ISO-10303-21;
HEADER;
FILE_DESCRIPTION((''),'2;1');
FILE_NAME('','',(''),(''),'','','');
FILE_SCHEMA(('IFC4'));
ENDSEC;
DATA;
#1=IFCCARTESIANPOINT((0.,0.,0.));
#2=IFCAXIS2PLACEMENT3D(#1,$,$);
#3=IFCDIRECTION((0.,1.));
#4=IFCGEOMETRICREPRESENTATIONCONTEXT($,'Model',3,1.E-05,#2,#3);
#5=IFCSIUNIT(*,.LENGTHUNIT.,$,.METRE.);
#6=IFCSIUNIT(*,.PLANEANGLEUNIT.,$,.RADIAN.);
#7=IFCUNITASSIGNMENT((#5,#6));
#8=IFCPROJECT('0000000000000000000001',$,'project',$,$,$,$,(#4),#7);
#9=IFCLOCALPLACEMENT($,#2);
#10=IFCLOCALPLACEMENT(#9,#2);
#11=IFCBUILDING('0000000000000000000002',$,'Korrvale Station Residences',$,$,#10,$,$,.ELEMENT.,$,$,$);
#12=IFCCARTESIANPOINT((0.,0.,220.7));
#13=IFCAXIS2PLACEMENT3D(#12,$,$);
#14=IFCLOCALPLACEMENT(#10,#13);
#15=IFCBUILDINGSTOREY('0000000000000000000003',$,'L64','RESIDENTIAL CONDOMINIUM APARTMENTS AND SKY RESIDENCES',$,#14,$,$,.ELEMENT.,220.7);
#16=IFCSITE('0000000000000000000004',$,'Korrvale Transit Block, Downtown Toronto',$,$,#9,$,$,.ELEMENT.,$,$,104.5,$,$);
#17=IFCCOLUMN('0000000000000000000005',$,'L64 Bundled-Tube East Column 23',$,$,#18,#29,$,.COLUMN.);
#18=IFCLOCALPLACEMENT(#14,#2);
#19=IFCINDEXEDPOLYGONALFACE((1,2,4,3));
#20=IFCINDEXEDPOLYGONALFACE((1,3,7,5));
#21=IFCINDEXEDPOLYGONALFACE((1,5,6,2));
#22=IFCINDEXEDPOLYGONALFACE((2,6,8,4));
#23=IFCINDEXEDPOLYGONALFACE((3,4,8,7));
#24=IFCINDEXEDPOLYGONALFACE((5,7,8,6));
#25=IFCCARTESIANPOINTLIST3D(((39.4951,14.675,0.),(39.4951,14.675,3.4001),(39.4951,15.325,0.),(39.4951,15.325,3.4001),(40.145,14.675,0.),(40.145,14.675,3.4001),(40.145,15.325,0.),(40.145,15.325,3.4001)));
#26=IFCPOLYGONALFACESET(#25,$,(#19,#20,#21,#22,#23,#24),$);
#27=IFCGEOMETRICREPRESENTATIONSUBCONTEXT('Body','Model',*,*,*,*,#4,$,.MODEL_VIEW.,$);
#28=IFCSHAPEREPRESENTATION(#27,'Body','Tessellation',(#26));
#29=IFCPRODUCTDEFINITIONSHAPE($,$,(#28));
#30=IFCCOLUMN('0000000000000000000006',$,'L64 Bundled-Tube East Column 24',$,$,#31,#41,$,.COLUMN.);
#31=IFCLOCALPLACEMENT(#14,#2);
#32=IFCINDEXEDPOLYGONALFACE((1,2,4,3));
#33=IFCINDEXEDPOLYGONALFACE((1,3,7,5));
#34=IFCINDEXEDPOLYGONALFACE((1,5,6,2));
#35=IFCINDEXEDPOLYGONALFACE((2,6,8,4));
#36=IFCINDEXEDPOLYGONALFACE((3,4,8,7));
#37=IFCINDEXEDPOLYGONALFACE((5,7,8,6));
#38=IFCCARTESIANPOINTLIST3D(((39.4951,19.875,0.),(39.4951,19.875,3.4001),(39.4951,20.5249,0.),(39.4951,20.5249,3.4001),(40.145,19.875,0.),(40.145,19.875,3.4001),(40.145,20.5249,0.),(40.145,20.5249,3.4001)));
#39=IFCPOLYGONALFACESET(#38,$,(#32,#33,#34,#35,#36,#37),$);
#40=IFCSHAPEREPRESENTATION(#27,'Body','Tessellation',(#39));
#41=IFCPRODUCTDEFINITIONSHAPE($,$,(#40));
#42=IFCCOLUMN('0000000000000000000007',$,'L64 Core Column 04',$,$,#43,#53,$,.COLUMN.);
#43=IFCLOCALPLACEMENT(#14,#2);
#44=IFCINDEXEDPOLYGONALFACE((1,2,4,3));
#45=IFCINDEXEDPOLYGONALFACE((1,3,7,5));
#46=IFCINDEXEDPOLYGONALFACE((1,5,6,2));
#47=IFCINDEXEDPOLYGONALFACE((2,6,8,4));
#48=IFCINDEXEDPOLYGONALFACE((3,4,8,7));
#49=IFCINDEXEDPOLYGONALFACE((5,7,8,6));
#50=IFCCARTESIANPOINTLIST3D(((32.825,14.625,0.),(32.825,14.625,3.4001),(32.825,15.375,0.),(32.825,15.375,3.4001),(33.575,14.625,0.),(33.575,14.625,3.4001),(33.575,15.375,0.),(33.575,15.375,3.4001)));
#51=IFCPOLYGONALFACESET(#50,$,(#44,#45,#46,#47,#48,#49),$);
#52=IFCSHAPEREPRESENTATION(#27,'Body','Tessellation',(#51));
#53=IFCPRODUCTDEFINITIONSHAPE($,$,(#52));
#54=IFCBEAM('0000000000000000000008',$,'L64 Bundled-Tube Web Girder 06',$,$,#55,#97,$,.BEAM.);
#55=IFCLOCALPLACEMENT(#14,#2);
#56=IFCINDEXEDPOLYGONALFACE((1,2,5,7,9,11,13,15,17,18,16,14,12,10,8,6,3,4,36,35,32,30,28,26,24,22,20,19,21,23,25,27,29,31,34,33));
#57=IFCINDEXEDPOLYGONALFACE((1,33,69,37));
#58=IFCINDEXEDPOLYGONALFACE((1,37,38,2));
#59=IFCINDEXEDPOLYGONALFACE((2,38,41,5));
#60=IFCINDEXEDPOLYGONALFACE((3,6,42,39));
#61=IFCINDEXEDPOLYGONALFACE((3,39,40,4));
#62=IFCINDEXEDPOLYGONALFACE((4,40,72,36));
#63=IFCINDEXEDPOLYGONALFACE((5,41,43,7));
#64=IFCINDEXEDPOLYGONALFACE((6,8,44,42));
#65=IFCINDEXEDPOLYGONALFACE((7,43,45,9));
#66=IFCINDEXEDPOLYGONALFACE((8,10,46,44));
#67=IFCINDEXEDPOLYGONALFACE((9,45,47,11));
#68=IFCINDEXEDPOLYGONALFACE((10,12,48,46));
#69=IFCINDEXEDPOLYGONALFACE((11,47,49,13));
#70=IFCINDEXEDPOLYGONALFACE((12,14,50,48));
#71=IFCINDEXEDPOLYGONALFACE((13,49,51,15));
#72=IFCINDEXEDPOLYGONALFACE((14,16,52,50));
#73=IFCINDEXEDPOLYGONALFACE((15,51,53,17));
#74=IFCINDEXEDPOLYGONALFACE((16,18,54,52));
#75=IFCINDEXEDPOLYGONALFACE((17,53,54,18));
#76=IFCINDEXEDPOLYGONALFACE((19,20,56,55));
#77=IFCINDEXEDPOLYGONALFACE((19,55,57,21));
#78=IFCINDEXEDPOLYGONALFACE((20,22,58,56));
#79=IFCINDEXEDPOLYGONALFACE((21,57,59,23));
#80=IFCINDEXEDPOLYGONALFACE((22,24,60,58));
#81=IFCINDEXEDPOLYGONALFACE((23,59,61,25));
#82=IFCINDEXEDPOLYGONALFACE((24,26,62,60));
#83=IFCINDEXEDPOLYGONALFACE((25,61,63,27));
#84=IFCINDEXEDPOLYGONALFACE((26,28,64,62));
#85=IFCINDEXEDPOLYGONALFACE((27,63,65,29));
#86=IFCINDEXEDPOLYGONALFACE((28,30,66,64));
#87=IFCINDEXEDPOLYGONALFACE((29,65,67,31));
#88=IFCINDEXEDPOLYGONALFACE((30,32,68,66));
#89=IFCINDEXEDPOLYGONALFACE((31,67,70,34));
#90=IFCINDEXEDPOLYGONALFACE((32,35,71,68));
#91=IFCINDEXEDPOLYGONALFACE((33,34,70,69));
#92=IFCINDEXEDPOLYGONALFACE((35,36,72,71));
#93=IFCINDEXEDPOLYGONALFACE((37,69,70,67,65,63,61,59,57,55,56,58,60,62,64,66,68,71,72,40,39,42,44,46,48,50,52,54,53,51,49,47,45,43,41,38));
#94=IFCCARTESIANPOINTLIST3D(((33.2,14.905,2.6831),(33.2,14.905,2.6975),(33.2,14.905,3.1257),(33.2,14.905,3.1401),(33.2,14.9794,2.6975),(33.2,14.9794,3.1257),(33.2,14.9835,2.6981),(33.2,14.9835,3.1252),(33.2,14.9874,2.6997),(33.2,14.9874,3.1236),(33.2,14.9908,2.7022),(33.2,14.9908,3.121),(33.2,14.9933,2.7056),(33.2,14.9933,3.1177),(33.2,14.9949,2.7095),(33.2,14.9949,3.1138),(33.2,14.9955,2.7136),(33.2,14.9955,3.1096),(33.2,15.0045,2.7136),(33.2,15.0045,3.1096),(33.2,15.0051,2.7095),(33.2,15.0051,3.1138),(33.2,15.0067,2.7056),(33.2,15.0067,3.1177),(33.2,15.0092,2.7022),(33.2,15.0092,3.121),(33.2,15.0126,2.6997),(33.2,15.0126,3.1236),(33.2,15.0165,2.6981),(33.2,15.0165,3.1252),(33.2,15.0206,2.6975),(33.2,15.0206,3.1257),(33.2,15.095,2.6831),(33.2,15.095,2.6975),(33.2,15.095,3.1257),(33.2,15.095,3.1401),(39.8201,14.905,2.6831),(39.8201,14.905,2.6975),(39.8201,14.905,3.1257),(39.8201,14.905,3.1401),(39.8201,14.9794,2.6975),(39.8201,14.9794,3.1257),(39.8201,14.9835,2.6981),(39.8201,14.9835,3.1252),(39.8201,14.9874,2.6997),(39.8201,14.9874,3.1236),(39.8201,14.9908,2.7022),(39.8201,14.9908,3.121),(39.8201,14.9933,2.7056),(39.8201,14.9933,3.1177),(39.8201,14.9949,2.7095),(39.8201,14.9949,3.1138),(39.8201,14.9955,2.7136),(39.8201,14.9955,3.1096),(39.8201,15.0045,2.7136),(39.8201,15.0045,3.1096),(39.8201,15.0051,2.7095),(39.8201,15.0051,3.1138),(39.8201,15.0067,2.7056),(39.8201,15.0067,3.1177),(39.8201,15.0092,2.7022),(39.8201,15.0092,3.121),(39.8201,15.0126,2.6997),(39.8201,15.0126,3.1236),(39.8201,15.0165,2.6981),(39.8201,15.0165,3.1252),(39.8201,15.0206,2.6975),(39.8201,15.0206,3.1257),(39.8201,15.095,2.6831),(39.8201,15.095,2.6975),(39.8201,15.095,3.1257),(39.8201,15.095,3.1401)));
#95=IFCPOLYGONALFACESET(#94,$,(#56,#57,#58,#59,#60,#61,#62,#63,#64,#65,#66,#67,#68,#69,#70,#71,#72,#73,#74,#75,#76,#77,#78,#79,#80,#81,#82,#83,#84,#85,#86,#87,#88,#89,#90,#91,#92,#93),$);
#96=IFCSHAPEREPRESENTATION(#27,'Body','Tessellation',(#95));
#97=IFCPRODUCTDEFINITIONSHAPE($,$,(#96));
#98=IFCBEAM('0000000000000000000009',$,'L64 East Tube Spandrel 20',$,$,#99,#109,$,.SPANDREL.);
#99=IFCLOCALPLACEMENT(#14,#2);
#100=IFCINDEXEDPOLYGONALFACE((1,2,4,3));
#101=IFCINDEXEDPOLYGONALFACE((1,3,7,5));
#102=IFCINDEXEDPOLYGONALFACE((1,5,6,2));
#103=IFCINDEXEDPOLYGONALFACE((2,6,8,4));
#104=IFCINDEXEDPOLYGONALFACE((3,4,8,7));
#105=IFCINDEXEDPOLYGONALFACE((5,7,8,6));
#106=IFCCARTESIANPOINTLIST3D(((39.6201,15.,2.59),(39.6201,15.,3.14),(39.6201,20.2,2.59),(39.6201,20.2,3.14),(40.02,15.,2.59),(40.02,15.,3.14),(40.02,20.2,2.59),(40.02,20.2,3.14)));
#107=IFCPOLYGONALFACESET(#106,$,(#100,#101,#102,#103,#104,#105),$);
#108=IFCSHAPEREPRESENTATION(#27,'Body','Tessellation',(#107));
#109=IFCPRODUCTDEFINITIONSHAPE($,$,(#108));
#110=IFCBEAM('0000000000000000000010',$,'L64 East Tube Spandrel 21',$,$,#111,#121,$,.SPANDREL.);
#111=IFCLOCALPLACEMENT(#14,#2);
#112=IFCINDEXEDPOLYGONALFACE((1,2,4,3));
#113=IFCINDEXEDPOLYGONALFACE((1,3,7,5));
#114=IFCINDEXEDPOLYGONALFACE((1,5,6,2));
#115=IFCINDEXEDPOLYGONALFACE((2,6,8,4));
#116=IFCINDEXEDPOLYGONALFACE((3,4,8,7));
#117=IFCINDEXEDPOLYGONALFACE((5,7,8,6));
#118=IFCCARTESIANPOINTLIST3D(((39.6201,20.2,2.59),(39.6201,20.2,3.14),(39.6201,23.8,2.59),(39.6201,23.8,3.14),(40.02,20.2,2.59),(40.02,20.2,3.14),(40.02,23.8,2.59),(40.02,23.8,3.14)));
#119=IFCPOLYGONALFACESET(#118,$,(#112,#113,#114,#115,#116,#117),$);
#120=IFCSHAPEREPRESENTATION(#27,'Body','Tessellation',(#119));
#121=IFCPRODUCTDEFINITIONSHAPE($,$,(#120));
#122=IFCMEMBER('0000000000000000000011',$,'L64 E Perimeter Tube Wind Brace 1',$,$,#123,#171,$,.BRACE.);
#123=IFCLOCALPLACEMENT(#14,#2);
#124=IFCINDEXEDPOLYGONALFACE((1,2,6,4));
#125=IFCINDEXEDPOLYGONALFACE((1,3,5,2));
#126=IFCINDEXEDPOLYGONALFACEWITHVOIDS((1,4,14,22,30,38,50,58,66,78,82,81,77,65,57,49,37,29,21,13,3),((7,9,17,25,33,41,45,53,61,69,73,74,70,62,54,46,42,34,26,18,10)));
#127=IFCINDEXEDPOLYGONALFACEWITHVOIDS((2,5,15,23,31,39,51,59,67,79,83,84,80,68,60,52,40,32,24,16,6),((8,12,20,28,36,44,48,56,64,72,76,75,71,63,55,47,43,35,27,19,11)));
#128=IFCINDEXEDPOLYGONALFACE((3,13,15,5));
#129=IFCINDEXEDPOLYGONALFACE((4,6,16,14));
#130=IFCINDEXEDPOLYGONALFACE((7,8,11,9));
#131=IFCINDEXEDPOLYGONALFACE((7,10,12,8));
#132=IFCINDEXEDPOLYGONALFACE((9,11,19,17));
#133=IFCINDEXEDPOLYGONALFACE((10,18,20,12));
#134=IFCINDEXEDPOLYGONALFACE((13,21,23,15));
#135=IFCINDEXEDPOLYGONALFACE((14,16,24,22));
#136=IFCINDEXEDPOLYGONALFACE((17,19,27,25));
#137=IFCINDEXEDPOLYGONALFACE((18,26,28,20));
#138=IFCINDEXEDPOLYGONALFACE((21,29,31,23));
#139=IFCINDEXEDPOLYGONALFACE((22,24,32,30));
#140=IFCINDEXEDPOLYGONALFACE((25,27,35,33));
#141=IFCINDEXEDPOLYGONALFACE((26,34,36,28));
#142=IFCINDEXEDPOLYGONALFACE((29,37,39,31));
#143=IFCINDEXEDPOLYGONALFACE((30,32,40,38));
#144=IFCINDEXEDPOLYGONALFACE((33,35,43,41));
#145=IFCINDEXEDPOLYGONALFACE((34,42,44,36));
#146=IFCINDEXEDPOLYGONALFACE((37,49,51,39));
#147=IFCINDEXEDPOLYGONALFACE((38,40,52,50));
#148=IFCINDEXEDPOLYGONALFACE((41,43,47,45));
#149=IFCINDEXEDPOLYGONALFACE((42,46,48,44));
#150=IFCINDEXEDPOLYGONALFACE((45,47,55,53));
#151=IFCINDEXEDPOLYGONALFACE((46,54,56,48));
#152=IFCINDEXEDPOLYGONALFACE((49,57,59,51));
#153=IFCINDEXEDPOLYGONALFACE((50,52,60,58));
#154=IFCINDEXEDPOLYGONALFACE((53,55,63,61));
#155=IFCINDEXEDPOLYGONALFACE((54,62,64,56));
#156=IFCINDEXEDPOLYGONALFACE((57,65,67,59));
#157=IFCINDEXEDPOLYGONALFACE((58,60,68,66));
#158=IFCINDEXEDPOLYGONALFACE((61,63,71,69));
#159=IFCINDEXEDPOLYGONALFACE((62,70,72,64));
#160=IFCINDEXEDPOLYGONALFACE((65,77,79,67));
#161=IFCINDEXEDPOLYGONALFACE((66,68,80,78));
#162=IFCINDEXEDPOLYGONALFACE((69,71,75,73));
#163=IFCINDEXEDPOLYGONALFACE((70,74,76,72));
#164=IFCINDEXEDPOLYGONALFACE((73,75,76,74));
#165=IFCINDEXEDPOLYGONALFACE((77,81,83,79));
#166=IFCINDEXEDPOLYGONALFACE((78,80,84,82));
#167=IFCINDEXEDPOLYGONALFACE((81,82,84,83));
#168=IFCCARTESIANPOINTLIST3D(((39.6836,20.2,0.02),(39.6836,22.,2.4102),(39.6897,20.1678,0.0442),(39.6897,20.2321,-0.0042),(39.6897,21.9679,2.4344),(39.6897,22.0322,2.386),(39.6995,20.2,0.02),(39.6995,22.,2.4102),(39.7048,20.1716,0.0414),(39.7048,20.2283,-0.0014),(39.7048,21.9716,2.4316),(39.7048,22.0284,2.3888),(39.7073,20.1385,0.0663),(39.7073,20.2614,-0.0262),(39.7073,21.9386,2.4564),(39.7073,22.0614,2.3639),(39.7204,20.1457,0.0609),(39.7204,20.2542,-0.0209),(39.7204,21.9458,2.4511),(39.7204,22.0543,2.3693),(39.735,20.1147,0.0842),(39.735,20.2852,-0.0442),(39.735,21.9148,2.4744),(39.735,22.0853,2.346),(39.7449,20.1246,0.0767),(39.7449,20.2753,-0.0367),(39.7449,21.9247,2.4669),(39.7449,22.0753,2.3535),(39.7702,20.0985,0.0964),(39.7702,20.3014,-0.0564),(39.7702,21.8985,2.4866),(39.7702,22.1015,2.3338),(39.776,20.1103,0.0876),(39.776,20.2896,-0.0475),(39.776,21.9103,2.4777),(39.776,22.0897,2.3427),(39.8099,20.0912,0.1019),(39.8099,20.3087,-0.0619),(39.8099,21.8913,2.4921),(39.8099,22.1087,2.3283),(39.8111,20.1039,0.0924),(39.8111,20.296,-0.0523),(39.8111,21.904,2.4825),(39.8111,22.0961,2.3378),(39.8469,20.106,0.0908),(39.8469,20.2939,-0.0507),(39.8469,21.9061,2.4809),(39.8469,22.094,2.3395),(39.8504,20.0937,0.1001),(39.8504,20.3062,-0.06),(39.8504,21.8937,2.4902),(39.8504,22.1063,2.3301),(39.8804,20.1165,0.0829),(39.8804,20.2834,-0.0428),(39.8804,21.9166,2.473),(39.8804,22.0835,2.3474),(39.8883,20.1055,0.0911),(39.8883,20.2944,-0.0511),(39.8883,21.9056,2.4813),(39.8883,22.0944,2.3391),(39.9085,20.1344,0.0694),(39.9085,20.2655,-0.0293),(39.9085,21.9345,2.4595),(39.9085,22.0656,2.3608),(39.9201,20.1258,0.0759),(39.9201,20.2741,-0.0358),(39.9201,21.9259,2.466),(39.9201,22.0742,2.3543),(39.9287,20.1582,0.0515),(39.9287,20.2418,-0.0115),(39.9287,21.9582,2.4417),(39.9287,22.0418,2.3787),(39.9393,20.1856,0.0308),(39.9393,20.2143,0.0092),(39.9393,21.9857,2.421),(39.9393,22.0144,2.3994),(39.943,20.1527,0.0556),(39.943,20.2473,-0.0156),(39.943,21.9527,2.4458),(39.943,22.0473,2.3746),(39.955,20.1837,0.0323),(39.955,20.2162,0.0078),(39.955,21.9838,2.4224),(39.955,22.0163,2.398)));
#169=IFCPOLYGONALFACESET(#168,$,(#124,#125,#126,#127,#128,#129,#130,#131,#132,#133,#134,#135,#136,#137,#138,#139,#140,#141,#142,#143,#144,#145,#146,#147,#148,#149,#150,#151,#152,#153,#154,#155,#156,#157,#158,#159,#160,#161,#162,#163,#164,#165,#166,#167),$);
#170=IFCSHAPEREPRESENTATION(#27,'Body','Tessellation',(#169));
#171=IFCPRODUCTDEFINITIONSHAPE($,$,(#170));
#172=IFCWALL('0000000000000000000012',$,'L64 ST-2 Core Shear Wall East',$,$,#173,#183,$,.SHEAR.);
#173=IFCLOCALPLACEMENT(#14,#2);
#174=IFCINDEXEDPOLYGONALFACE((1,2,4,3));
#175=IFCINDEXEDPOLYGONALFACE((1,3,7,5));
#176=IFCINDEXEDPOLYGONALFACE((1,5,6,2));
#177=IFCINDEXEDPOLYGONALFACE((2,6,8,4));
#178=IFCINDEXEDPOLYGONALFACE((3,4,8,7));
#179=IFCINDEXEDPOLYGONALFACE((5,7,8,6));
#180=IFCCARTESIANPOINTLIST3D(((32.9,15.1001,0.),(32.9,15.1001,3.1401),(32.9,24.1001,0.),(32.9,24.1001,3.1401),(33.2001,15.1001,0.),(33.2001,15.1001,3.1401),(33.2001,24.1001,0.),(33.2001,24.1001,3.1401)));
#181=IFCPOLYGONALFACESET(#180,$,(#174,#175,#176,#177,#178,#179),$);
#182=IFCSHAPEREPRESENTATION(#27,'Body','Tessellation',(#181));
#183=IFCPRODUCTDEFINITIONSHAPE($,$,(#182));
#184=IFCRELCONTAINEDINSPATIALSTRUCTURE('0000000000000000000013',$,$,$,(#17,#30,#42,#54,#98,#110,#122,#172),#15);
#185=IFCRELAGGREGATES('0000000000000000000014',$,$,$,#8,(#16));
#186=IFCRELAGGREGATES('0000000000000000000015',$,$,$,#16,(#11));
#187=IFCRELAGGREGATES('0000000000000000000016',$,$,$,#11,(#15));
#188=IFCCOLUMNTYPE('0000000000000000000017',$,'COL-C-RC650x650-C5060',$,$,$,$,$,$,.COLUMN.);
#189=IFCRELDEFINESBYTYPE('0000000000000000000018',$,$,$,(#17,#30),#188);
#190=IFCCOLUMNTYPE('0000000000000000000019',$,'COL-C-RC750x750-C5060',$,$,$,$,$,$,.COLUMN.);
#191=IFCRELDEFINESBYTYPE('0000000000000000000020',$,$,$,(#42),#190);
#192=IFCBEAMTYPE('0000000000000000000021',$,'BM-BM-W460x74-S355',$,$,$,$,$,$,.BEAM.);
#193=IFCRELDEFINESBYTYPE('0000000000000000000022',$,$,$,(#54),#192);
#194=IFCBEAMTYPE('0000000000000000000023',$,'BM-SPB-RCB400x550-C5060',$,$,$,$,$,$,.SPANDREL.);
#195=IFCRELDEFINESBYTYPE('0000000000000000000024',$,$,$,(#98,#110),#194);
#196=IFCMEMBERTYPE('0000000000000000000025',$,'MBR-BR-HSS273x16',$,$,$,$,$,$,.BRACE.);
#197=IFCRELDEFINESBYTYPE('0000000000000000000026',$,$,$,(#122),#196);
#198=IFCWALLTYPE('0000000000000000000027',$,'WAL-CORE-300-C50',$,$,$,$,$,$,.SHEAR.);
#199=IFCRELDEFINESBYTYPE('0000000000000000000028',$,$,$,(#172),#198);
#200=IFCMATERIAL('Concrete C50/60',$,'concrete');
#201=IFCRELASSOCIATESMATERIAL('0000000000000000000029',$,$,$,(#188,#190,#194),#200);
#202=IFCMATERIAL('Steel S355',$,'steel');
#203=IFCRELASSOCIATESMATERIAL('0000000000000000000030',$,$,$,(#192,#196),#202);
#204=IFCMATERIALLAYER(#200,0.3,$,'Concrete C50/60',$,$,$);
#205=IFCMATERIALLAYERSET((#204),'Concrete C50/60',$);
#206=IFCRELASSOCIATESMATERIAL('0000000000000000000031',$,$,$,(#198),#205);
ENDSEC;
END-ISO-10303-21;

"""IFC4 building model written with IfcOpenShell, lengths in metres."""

from ifc_helpers import new_model, si_unit, direction, frame, frame_2d, origin, origin_2d, place, context, subcontext, project, spatial, rectangle, hollow_circle, i_section, extrude, material, layer, layer_set, material_profile, profile_set, type_object, element, save


model = new_model("IFC4")

# Units and contexts
model_context = context("Model", 3, precision=1e-05, world=origin(), true_north=direction((0.0, 1.0)))
body_context = subcontext(model_context, "Body", "Model", "MODEL_VIEW")
ifc_project = project(units=[si_unit("LENGTHUNIT", "METRE"), si_unit("PLANEANGLEUNIT", "RADIAN")], contexts=[model_context])

# Site, building, storey
site_placement = place(None, origin())
site = spatial("IfcSite", under=ifc_project, at=site_placement, Name="Korrvale Transit Block, Downtown Toronto", CompositionType="ELEMENT", RefElevation=104.5)
building_placement = place(site_placement, origin())
building = spatial("IfcBuilding", under=site, at=building_placement, Name="Korrvale Station Residences", CompositionType="ELEMENT")
storey_placement = place(building_placement, frame((0.0, 0.0, 220.7)))
storey = spatial("IfcBuildingStorey", under=building, at=storey_placement, Name="L64", Description="RESIDENTIAL CONDOMINIUM APARTMENTS AND SKY RESIDENCES", CompositionType="ELEMENT", Elevation=220.7)

# Columns
ifc_material_1 = material(Name="Concrete C50/60", Category="concrete")
ifc_material_profile_1 = material_profile(ifc_material_1, rectangle(XDim=0.6499, YDim=0.6499, at=origin_2d()), Name="RC650x650")
ifc_profile_set_1 = profile_set([ifc_material_profile_1], Name="Concrete C50/60")
column_type_1 = type_object("IfcColumnType", Name="COL-C-RC650x650-C5060", PredefinedType="COLUMN", material=ifc_profile_set_1)
for number, where, z_axis, x_axis, name in (
    (1, (39.8201, 15.0, 0.0), (0.0, 0.0, 1.0), (1.0, 0.0, 0.0), "L64 Bundled-Tube East Column 23"),
    (2, (39.8201, 20.2, 0.0), (0.0, 0.0, 1.0), (1.0, 0.0, 0.0), "L64 Bundled-Tube East Column 24"),
):
    element("IfcColumn", number, at=place(storey_placement, frame(where, z_axis=z_axis, x_axis=x_axis)), inside=storey, type_object=column_type_1, Name=name, PredefinedType="COLUMN", context=body_context, shape_type="SweptSolid", body=[
        extrude(rectangle(XDim=0.6499, YDim=0.6499, at=origin_2d()), origin(), (0.0, 0.0, 1.0), 3.4001),
    ])
ifc_material_profile_2 = material_profile(ifc_material_1, rectangle(XDim=0.75, YDim=0.75, at=origin_2d()), Name="RC750x750")
ifc_profile_set_2 = profile_set([ifc_material_profile_2], Name="Concrete C50/60")
column_type_2 = type_object("IfcColumnType", Name="COL-C-RC750x750-C5060", PredefinedType="COLUMN", material=ifc_profile_set_2)
column_placement = place(storey_placement, frame((33.2, 15.0, 0.0), z_axis=(0.0, 0.0, 1.0), x_axis=(1.0, 0.0, 0.0)))
element("IfcColumn", 3, at=column_placement, inside=storey, type_object=column_type_2, Name="L64 Core Column 04", PredefinedType="COLUMN", context=body_context, shape_type="SweptSolid", body=[
    extrude(rectangle(XDim=0.75, YDim=0.75, at=origin_2d()), origin(), (0.0, 0.0, 1.0), 3.4001),
])

# Beams
ifc_material_2 = material(Name="Steel S355", Category="steel")
ifc_material_profile_3 = material_profile(ifc_material_2, i_section(OverallWidth=0.1899, OverallDepth=0.457, WebThickness=0.009, FlangeThickness=0.0144, FilletRadius=0.0161, at=origin_2d()), Name="W460x74")
ifc_profile_set_3 = profile_set([ifc_material_profile_3], Name="Steel S355")
beam_type_1 = type_object("IfcBeamType", Name="BM-BM-W460x74-S355", PredefinedType="BEAM", material=ifc_profile_set_3)
beam_1_placement = place(storey_placement, frame((33.2, 15.0, 2.9116), z_axis=(1.0, 0.0, 0.0), x_axis=(0.0, 1.0, 0.0)))
element("IfcBeam", 4, at=beam_1_placement, inside=storey, type_object=beam_type_1, Name="L64 Bundled-Tube Web Girder 06", PredefinedType="BEAM", context=body_context, shape_type="SweptSolid", body=[
    extrude(i_section(OverallWidth=0.1899, OverallDepth=0.457, WebThickness=0.009, FlangeThickness=0.0144, FilletRadius=0.0161, at=origin_2d()), origin(), (0.0, 0.0, 1.0), 6.6201),
])
ifc_material_profile_4 = material_profile(ifc_material_1, rectangle(XDim=0.3999, YDim=0.55, at=origin_2d()), Name="RCB400x550")
ifc_profile_set_4 = profile_set([ifc_material_profile_4], Name="Concrete C50/60")
beam_type_2 = type_object("IfcBeamType", Name="BM-SPB-RCB400x550-C5060", PredefinedType="SPANDREL", material=ifc_profile_set_4)
beam_2_placement = place(storey_placement, frame((39.8201, 15.0, 2.865), z_axis=(0.0, 1.0, 0.0), x_axis=(-1.0, 0.0, 0.0)))
element("IfcBeam", 5, at=beam_2_placement, inside=storey, type_object=beam_type_2, Name="L64 East Tube Spandrel 20", PredefinedType="SPANDREL", context=body_context, shape_type="SweptSolid", body=[
    extrude(rectangle(XDim=0.3999, YDim=0.55, at=origin_2d()), origin(), (0.0, 0.0, 1.0), 5.2),
])
beam_3_placement = place(storey_placement, frame((39.8201, 20.2, 2.865), z_axis=(0.0, 1.0, 0.0), x_axis=(-1.0, 0.0, 0.0)))
element("IfcBeam", 6, at=beam_3_placement, inside=storey, type_object=beam_type_2, Name="L64 East Tube Spandrel 21", PredefinedType="SPANDREL", context=body_context, shape_type="SweptSolid", body=[
    extrude(rectangle(XDim=0.3999, YDim=0.55, at=origin_2d()), origin(), (0.0, 0.0, 1.0), 3.6001),
])

# Member
ifc_material_profile_5 = material_profile(ifc_material_2, hollow_circle(Radius=0.1365, WallThickness=0.0159, at=origin_2d()), Name="HSS273x16")
ifc_profile_set_5 = profile_set([ifc_material_profile_5], Name="Steel S355")
member_type = type_object("IfcMemberType", Name="MBR-BR-HSS273x16", PredefinedType="BRACE", material=ifc_profile_set_5)
member_placement = place(storey_placement, frame((39.8201, 20.2, 0.02), z_axis=(0.0, 0.601592, 0.798804), x_axis=(-1.0, 0.0, 0.0)))
element("IfcMember", 7, at=member_placement, inside=storey, type_object=member_type, Name="L64 E Perimeter Tube Wind Brace 1", PredefinedType="BRACE", context=body_context, shape_type="SweptSolid", body=[
    extrude(hollow_circle(Radius=0.1365, WallThickness=0.0159, at=origin_2d()), origin(), (0.0, 0.0, 1.0), 2.9922),
])

# Wall
ifc_layer_1 = layer(ifc_material_1, 0.3, Name="Concrete C50/60")
ifc_layer_set_1 = layer_set([ifc_layer_1], Name="Concrete C50/60")
wall_type_1 = type_object("IfcWallType", Name="WAL-CORE-300-C50", PredefinedType="SHEAR", material=ifc_layer_set_1)
wall_1_placement = place(storey_placement, frame((33.05, 15.1001, 0.0), z_axis=(0.0, 0.0, 1.0), x_axis=(0.0, 1.0, 0.0)))
element("IfcWall", 8, at=wall_1_placement, inside=storey, type_object=wall_type_1, Name="L64 ST-2 Core Shear Wall East", PredefinedType="SHEAR", context=body_context, shape_type="SweptSolid", body=[
    extrude(rectangle(XDim=9.0, YDim=0.3, at=frame_2d((4.5, 0.0))), origin(), (0.0, 0.0, 1.0), 3.1401),
])

save(model, "model.ifc")
